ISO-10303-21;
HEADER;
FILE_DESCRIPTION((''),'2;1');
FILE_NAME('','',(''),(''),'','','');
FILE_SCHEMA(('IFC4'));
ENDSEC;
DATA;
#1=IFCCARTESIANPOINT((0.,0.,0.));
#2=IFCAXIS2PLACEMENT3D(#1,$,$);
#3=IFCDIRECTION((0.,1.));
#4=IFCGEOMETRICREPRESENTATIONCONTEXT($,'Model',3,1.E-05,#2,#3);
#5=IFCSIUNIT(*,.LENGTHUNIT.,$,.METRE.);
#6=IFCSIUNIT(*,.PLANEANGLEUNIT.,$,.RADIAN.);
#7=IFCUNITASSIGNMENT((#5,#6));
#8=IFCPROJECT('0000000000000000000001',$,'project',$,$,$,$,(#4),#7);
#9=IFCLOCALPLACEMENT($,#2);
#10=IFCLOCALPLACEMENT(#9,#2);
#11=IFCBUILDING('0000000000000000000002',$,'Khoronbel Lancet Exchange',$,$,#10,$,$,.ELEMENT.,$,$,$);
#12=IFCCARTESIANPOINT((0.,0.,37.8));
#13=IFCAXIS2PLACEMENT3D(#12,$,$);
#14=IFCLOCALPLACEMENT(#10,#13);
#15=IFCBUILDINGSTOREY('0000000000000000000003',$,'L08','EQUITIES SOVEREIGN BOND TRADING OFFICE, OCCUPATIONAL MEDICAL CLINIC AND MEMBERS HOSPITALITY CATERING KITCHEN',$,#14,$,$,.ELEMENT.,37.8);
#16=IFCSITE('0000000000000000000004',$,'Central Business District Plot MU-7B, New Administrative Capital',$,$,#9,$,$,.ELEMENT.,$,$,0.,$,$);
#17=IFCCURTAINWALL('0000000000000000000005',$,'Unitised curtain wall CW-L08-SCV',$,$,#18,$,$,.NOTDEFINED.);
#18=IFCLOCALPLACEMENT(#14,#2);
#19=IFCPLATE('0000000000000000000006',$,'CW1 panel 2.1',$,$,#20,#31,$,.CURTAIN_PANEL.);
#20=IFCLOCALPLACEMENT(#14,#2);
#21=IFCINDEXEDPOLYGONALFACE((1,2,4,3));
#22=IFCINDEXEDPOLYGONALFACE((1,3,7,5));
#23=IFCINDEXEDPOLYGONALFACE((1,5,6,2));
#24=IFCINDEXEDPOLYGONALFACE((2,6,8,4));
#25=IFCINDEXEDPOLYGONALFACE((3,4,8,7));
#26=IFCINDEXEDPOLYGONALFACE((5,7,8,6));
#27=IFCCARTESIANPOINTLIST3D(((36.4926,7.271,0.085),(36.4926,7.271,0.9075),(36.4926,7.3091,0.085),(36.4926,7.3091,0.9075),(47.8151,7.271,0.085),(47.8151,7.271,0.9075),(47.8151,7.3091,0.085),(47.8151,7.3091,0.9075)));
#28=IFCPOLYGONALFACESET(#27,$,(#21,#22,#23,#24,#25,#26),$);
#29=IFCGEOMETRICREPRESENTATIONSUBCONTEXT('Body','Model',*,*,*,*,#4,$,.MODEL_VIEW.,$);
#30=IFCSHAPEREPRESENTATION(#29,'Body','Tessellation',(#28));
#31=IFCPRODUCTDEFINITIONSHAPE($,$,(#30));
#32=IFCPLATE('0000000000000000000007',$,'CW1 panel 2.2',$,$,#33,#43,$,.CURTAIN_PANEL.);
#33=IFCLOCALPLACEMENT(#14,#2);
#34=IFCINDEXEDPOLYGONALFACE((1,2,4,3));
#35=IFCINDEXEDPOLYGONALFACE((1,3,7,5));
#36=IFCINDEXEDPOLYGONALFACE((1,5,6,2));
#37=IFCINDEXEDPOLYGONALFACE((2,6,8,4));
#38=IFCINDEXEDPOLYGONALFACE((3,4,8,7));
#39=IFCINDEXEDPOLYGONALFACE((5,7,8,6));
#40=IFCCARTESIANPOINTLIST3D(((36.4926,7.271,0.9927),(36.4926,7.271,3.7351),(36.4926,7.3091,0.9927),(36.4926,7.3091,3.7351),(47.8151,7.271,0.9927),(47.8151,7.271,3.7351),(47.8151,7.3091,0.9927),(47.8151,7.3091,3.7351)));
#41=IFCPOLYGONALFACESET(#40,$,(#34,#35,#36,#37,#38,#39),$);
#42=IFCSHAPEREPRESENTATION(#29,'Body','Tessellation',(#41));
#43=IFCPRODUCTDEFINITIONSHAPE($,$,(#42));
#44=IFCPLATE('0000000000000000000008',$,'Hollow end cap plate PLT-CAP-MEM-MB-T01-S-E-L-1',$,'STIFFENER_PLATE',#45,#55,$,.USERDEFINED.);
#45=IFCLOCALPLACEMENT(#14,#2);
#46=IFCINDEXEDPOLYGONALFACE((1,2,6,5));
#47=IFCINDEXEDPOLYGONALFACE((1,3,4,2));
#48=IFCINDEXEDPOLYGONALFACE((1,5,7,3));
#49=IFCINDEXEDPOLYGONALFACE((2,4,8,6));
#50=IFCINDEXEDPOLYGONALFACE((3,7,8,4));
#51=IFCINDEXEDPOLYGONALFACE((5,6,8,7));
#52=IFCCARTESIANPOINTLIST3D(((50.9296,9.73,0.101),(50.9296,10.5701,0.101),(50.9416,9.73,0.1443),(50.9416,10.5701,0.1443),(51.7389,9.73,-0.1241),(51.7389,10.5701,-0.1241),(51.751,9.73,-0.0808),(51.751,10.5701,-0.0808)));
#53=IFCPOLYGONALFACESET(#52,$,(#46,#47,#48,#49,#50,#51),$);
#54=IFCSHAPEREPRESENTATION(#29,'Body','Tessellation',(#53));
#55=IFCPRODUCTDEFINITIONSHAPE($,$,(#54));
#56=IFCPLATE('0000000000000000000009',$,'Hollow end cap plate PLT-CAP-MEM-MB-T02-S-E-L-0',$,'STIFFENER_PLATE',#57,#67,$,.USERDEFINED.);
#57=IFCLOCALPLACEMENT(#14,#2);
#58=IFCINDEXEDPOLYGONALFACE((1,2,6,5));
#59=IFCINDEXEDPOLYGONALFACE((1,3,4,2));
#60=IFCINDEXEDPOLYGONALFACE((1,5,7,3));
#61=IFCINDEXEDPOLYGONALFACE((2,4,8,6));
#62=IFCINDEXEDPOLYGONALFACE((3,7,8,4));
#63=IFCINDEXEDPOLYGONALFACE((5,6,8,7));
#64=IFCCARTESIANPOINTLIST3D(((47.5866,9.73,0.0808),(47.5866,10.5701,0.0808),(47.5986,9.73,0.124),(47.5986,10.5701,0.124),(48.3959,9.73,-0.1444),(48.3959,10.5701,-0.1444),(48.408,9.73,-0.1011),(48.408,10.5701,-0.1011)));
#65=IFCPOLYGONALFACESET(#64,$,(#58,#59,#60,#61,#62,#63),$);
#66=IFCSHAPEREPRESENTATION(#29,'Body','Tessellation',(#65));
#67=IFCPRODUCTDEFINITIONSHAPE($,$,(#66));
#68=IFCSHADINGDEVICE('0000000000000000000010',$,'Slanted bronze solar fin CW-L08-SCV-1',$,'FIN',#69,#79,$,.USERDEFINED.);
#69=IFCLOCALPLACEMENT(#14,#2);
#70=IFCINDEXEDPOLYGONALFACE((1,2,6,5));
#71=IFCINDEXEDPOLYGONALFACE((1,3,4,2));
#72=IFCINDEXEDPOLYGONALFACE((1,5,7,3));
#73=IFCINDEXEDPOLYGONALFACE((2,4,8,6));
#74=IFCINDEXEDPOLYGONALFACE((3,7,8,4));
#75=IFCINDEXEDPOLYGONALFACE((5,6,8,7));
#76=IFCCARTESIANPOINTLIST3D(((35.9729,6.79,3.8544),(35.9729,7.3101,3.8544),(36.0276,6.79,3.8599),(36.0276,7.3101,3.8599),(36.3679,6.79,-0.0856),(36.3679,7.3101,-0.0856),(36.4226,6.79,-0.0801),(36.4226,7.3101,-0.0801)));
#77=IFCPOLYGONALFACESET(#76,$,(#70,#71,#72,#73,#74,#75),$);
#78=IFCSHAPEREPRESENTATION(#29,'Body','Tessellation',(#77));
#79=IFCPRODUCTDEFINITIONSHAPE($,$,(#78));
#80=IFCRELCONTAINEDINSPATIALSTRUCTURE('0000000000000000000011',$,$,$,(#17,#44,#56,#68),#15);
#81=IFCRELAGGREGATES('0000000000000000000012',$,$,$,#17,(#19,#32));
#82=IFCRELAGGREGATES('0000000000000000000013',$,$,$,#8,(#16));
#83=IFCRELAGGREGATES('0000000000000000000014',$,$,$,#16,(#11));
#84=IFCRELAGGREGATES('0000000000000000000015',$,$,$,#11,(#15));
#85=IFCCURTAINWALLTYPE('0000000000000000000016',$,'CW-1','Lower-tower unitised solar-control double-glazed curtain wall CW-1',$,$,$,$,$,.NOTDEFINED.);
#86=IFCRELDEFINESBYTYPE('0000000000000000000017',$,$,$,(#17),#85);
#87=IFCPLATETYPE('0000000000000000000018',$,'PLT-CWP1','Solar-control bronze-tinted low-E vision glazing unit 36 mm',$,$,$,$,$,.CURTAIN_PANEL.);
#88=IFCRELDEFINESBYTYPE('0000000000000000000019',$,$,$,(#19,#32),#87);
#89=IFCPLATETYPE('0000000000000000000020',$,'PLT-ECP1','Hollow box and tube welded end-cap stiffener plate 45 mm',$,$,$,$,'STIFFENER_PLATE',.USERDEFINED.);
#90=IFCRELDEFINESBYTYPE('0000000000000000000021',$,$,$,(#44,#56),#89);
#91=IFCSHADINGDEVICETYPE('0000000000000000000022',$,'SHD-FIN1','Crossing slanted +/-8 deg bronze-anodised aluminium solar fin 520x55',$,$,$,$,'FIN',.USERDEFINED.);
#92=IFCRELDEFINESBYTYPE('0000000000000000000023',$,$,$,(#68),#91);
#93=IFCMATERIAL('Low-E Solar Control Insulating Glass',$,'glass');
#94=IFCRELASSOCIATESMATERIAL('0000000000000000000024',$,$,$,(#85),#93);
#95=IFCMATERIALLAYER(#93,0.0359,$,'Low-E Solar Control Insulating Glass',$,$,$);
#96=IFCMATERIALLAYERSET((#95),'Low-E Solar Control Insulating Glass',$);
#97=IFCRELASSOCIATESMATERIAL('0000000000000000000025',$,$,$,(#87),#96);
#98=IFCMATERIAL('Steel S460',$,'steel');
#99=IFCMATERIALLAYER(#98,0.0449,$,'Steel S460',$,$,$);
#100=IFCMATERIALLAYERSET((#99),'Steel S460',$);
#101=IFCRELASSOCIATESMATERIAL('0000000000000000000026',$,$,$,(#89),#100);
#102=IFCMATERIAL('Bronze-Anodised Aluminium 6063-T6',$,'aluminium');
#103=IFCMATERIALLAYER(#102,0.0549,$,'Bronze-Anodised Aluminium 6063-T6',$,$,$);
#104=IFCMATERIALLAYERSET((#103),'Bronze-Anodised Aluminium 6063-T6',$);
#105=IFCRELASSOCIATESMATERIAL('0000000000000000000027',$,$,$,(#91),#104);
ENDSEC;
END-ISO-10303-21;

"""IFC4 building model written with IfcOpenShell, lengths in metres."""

from ifc_helpers import new_model, si_unit, direction, frame, origin, origin_2d, place, context, subcontext, project, spatial, polyline, rectangle, outline, extrude, material, layer, layer_set, type_object, element, aggregate, save


model = new_model("IFC4")

# Units and contexts
model_context = context("Model", 3, precision=1e-05, world=origin(), true_north=direction((0.0, 1.0)))
body_context = subcontext(model_context, "Body", "Model", "MODEL_VIEW")
ifc_project = project(units=[si_unit("LENGTHUNIT", "METRE"), si_unit("PLANEANGLEUNIT", "RADIAN")], contexts=[model_context])

# Site, building, storey
site_placement = place(None, origin())
site = spatial("IfcSite", under=ifc_project, at=site_placement, Name="Central Business District Plot MU-7B, New Administrative Capital", CompositionType="ELEMENT", RefElevation=0.0)
building_placement = place(site_placement, origin())
building = spatial("IfcBuilding", under=site, at=building_placement, Name="Khoronbel Lancet Exchange", CompositionType="ELEMENT")
storey_placement = place(building_placement, frame((0.0, 0.0, 37.8)))
storey = spatial("IfcBuildingStorey", under=building, at=storey_placement, Name="L08", Description="EQUITIES SOVEREIGN BOND TRADING OFFICE, OCCUPATIONAL MEDICAL CLINIC AND MEMBERS HOSPITALITY CATERING KITCHEN", CompositionType="ELEMENT", Elevation=37.8)

# Shared definitions
ifc_material_1 = material(Name="Steel S460", Category="steel")

# Curtain wall
ifc_material_2 = material(Name="Low-E Solar Control Insulating Glass", Category="glass")
curtain_wall_type = type_object("IfcCurtainWallType", Name="CW-1", Description="Lower-tower unitised solar-control double-glazed curtain wall CW-1", PredefinedType="NOTDEFINED", material=ifc_material_2)
curtain_wall_1_placement = place(storey_placement, origin())
curtain_wall_1 = element("IfcCurtainWall", 1, at=curtain_wall_1_placement, inside=storey, type_object=curtain_wall_type, Name="Unitised curtain wall CW-L08-SCV", PredefinedType="NOTDEFINED")
ifc_material_3 = material(Name="Bronze-Anodised Aluminium 6063-T6", Category="aluminium")

# Plates
ifc_layer_1 = layer(ifc_material_2, 0.0359, Name="Low-E Solar Control Insulating Glass")
ifc_layer_set_1 = layer_set([ifc_layer_1], Name="Low-E Solar Control Insulating Glass")
plate_type_1 = type_object("IfcPlateType", Name="PLT-CWP1", Description="Solar-control bronze-tinted low-E vision glazing unit 36 mm", PredefinedType="CURTAIN_PANEL", material=ifc_layer_set_1)
plate_1_placement = place(storey_placement, frame((42.1538, 7.29, 0.085), z_axis=(0.0, 0.0, 1.0), x_axis=(1.0, 0.0, 0.0)))
plate_1 = element("IfcPlate", 2, at=plate_1_placement, type_object=plate_type_1, Name="CW1 panel 2.1", PredefinedType="CURTAIN_PANEL", context=body_context, shape_type="SweptSolid", body=[
    extrude(rectangle(XDim=11.3225, YDim=0.0381, at=origin_2d()), origin(), (0.0, 0.0, 1.0), 0.8225),
])
plate_2_placement = place(storey_placement, frame((42.1538, 7.29, 0.9927), z_axis=(0.0, 0.0, 1.0), x_axis=(1.0, 0.0, 0.0)))
plate_2 = element("IfcPlate", 3, at=plate_2_placement, type_object=plate_type_1, Name="CW1 panel 2.2", PredefinedType="CURTAIN_PANEL", context=body_context, shape_type="SweptSolid", body=[
    extrude(rectangle(XDim=11.3225, YDim=0.0381, at=origin_2d()), origin(), (0.0, 0.0, 1.0), 2.7424),
])
aggregate(curtain_wall_1, [plate_1, plate_2])

# Plates
ifc_layer_2 = layer(ifc_material_1, 0.0449, Name="Steel S460")
ifc_layer_set_2 = layer_set([ifc_layer_2], Name="Steel S460")
plate_type_2 = type_object("IfcPlateType", Name="PLT-ECP1", Description="Hollow box and tube welded end-cap stiffener plate 45 mm", ElementType="STIFFENER_PLATE", PredefinedType="USERDEFINED", material=ifc_layer_set_2)
for number, where, z_axis, x_axis, name in (
    (4, (51.751, 9.73, -0.0808), (0.267959, 0.0, 0.96343), (0.0, 1.0, 0.0), "Hollow end cap plate PLT-CAP-MEM-MB-T01-S-E-L-1"),
    (5, (48.408, 9.73, -0.1011), (0.267959, 0.0, 0.96343), (0.0, 1.0, 0.0), "Hollow end cap plate PLT-CAP-MEM-MB-T02-S-E-L-0"),
):
    element("IfcPlate", number, at=place(storey_placement, frame(where, z_axis=z_axis, x_axis=x_axis)), inside=storey, type_object=plate_type_2, Name=name, ObjectType="STIFFENER_PLATE", PredefinedType="USERDEFINED", context=body_context, shape_type="SweptSolid", body=[
        extrude(outline(polyline([(0.0, 0.0), (0.8401, 0.0), (0.8401, 0.8401), (0.0, 0.8401), (0.0, 0.0)])), origin(), (0.0, 0.0, -1.0), 0.0449),
    ])

# Shading device
ifc_layer_3 = layer(ifc_material_3, 0.0549, Name="Bronze-Anodised Aluminium 6063-T6")
ifc_layer_set_3 = layer_set([ifc_layer_3], Name="Bronze-Anodised Aluminium 6063-T6")
shading_device_type = type_object("IfcShadingDeviceType", Name="SHD-FIN1", Description="Crossing slanted +/-8 deg bronze-anodised aluminium solar fin 520x55", ElementType="FIN", PredefinedType="USERDEFINED", material=ifc_layer_set_3)
shading_device_placement = place(storey_placement, frame((36.4226, 7.3101, -0.0801), z_axis=(0.995012, 0.0, 0.09976), x_axis=(0.0, -1.0, 0.0)))
element("IfcShadingDevice", 6, at=shading_device_placement, inside=storey, type_object=shading_device_type, Name="Slanted bronze solar fin CW-L08-SCV-1", ObjectType="FIN", PredefinedType="USERDEFINED", context=body_context, shape_type="SweptSolid", body=[
    extrude(outline(polyline([(0.0, 0.0), (0.52, 0.0), (0.52, -3.9597), (0.0, -3.9597), (0.0, 0.0)])), origin(), (0.0, 0.0, -1.0), 0.0549),
])

save(model, "model.ifc")
